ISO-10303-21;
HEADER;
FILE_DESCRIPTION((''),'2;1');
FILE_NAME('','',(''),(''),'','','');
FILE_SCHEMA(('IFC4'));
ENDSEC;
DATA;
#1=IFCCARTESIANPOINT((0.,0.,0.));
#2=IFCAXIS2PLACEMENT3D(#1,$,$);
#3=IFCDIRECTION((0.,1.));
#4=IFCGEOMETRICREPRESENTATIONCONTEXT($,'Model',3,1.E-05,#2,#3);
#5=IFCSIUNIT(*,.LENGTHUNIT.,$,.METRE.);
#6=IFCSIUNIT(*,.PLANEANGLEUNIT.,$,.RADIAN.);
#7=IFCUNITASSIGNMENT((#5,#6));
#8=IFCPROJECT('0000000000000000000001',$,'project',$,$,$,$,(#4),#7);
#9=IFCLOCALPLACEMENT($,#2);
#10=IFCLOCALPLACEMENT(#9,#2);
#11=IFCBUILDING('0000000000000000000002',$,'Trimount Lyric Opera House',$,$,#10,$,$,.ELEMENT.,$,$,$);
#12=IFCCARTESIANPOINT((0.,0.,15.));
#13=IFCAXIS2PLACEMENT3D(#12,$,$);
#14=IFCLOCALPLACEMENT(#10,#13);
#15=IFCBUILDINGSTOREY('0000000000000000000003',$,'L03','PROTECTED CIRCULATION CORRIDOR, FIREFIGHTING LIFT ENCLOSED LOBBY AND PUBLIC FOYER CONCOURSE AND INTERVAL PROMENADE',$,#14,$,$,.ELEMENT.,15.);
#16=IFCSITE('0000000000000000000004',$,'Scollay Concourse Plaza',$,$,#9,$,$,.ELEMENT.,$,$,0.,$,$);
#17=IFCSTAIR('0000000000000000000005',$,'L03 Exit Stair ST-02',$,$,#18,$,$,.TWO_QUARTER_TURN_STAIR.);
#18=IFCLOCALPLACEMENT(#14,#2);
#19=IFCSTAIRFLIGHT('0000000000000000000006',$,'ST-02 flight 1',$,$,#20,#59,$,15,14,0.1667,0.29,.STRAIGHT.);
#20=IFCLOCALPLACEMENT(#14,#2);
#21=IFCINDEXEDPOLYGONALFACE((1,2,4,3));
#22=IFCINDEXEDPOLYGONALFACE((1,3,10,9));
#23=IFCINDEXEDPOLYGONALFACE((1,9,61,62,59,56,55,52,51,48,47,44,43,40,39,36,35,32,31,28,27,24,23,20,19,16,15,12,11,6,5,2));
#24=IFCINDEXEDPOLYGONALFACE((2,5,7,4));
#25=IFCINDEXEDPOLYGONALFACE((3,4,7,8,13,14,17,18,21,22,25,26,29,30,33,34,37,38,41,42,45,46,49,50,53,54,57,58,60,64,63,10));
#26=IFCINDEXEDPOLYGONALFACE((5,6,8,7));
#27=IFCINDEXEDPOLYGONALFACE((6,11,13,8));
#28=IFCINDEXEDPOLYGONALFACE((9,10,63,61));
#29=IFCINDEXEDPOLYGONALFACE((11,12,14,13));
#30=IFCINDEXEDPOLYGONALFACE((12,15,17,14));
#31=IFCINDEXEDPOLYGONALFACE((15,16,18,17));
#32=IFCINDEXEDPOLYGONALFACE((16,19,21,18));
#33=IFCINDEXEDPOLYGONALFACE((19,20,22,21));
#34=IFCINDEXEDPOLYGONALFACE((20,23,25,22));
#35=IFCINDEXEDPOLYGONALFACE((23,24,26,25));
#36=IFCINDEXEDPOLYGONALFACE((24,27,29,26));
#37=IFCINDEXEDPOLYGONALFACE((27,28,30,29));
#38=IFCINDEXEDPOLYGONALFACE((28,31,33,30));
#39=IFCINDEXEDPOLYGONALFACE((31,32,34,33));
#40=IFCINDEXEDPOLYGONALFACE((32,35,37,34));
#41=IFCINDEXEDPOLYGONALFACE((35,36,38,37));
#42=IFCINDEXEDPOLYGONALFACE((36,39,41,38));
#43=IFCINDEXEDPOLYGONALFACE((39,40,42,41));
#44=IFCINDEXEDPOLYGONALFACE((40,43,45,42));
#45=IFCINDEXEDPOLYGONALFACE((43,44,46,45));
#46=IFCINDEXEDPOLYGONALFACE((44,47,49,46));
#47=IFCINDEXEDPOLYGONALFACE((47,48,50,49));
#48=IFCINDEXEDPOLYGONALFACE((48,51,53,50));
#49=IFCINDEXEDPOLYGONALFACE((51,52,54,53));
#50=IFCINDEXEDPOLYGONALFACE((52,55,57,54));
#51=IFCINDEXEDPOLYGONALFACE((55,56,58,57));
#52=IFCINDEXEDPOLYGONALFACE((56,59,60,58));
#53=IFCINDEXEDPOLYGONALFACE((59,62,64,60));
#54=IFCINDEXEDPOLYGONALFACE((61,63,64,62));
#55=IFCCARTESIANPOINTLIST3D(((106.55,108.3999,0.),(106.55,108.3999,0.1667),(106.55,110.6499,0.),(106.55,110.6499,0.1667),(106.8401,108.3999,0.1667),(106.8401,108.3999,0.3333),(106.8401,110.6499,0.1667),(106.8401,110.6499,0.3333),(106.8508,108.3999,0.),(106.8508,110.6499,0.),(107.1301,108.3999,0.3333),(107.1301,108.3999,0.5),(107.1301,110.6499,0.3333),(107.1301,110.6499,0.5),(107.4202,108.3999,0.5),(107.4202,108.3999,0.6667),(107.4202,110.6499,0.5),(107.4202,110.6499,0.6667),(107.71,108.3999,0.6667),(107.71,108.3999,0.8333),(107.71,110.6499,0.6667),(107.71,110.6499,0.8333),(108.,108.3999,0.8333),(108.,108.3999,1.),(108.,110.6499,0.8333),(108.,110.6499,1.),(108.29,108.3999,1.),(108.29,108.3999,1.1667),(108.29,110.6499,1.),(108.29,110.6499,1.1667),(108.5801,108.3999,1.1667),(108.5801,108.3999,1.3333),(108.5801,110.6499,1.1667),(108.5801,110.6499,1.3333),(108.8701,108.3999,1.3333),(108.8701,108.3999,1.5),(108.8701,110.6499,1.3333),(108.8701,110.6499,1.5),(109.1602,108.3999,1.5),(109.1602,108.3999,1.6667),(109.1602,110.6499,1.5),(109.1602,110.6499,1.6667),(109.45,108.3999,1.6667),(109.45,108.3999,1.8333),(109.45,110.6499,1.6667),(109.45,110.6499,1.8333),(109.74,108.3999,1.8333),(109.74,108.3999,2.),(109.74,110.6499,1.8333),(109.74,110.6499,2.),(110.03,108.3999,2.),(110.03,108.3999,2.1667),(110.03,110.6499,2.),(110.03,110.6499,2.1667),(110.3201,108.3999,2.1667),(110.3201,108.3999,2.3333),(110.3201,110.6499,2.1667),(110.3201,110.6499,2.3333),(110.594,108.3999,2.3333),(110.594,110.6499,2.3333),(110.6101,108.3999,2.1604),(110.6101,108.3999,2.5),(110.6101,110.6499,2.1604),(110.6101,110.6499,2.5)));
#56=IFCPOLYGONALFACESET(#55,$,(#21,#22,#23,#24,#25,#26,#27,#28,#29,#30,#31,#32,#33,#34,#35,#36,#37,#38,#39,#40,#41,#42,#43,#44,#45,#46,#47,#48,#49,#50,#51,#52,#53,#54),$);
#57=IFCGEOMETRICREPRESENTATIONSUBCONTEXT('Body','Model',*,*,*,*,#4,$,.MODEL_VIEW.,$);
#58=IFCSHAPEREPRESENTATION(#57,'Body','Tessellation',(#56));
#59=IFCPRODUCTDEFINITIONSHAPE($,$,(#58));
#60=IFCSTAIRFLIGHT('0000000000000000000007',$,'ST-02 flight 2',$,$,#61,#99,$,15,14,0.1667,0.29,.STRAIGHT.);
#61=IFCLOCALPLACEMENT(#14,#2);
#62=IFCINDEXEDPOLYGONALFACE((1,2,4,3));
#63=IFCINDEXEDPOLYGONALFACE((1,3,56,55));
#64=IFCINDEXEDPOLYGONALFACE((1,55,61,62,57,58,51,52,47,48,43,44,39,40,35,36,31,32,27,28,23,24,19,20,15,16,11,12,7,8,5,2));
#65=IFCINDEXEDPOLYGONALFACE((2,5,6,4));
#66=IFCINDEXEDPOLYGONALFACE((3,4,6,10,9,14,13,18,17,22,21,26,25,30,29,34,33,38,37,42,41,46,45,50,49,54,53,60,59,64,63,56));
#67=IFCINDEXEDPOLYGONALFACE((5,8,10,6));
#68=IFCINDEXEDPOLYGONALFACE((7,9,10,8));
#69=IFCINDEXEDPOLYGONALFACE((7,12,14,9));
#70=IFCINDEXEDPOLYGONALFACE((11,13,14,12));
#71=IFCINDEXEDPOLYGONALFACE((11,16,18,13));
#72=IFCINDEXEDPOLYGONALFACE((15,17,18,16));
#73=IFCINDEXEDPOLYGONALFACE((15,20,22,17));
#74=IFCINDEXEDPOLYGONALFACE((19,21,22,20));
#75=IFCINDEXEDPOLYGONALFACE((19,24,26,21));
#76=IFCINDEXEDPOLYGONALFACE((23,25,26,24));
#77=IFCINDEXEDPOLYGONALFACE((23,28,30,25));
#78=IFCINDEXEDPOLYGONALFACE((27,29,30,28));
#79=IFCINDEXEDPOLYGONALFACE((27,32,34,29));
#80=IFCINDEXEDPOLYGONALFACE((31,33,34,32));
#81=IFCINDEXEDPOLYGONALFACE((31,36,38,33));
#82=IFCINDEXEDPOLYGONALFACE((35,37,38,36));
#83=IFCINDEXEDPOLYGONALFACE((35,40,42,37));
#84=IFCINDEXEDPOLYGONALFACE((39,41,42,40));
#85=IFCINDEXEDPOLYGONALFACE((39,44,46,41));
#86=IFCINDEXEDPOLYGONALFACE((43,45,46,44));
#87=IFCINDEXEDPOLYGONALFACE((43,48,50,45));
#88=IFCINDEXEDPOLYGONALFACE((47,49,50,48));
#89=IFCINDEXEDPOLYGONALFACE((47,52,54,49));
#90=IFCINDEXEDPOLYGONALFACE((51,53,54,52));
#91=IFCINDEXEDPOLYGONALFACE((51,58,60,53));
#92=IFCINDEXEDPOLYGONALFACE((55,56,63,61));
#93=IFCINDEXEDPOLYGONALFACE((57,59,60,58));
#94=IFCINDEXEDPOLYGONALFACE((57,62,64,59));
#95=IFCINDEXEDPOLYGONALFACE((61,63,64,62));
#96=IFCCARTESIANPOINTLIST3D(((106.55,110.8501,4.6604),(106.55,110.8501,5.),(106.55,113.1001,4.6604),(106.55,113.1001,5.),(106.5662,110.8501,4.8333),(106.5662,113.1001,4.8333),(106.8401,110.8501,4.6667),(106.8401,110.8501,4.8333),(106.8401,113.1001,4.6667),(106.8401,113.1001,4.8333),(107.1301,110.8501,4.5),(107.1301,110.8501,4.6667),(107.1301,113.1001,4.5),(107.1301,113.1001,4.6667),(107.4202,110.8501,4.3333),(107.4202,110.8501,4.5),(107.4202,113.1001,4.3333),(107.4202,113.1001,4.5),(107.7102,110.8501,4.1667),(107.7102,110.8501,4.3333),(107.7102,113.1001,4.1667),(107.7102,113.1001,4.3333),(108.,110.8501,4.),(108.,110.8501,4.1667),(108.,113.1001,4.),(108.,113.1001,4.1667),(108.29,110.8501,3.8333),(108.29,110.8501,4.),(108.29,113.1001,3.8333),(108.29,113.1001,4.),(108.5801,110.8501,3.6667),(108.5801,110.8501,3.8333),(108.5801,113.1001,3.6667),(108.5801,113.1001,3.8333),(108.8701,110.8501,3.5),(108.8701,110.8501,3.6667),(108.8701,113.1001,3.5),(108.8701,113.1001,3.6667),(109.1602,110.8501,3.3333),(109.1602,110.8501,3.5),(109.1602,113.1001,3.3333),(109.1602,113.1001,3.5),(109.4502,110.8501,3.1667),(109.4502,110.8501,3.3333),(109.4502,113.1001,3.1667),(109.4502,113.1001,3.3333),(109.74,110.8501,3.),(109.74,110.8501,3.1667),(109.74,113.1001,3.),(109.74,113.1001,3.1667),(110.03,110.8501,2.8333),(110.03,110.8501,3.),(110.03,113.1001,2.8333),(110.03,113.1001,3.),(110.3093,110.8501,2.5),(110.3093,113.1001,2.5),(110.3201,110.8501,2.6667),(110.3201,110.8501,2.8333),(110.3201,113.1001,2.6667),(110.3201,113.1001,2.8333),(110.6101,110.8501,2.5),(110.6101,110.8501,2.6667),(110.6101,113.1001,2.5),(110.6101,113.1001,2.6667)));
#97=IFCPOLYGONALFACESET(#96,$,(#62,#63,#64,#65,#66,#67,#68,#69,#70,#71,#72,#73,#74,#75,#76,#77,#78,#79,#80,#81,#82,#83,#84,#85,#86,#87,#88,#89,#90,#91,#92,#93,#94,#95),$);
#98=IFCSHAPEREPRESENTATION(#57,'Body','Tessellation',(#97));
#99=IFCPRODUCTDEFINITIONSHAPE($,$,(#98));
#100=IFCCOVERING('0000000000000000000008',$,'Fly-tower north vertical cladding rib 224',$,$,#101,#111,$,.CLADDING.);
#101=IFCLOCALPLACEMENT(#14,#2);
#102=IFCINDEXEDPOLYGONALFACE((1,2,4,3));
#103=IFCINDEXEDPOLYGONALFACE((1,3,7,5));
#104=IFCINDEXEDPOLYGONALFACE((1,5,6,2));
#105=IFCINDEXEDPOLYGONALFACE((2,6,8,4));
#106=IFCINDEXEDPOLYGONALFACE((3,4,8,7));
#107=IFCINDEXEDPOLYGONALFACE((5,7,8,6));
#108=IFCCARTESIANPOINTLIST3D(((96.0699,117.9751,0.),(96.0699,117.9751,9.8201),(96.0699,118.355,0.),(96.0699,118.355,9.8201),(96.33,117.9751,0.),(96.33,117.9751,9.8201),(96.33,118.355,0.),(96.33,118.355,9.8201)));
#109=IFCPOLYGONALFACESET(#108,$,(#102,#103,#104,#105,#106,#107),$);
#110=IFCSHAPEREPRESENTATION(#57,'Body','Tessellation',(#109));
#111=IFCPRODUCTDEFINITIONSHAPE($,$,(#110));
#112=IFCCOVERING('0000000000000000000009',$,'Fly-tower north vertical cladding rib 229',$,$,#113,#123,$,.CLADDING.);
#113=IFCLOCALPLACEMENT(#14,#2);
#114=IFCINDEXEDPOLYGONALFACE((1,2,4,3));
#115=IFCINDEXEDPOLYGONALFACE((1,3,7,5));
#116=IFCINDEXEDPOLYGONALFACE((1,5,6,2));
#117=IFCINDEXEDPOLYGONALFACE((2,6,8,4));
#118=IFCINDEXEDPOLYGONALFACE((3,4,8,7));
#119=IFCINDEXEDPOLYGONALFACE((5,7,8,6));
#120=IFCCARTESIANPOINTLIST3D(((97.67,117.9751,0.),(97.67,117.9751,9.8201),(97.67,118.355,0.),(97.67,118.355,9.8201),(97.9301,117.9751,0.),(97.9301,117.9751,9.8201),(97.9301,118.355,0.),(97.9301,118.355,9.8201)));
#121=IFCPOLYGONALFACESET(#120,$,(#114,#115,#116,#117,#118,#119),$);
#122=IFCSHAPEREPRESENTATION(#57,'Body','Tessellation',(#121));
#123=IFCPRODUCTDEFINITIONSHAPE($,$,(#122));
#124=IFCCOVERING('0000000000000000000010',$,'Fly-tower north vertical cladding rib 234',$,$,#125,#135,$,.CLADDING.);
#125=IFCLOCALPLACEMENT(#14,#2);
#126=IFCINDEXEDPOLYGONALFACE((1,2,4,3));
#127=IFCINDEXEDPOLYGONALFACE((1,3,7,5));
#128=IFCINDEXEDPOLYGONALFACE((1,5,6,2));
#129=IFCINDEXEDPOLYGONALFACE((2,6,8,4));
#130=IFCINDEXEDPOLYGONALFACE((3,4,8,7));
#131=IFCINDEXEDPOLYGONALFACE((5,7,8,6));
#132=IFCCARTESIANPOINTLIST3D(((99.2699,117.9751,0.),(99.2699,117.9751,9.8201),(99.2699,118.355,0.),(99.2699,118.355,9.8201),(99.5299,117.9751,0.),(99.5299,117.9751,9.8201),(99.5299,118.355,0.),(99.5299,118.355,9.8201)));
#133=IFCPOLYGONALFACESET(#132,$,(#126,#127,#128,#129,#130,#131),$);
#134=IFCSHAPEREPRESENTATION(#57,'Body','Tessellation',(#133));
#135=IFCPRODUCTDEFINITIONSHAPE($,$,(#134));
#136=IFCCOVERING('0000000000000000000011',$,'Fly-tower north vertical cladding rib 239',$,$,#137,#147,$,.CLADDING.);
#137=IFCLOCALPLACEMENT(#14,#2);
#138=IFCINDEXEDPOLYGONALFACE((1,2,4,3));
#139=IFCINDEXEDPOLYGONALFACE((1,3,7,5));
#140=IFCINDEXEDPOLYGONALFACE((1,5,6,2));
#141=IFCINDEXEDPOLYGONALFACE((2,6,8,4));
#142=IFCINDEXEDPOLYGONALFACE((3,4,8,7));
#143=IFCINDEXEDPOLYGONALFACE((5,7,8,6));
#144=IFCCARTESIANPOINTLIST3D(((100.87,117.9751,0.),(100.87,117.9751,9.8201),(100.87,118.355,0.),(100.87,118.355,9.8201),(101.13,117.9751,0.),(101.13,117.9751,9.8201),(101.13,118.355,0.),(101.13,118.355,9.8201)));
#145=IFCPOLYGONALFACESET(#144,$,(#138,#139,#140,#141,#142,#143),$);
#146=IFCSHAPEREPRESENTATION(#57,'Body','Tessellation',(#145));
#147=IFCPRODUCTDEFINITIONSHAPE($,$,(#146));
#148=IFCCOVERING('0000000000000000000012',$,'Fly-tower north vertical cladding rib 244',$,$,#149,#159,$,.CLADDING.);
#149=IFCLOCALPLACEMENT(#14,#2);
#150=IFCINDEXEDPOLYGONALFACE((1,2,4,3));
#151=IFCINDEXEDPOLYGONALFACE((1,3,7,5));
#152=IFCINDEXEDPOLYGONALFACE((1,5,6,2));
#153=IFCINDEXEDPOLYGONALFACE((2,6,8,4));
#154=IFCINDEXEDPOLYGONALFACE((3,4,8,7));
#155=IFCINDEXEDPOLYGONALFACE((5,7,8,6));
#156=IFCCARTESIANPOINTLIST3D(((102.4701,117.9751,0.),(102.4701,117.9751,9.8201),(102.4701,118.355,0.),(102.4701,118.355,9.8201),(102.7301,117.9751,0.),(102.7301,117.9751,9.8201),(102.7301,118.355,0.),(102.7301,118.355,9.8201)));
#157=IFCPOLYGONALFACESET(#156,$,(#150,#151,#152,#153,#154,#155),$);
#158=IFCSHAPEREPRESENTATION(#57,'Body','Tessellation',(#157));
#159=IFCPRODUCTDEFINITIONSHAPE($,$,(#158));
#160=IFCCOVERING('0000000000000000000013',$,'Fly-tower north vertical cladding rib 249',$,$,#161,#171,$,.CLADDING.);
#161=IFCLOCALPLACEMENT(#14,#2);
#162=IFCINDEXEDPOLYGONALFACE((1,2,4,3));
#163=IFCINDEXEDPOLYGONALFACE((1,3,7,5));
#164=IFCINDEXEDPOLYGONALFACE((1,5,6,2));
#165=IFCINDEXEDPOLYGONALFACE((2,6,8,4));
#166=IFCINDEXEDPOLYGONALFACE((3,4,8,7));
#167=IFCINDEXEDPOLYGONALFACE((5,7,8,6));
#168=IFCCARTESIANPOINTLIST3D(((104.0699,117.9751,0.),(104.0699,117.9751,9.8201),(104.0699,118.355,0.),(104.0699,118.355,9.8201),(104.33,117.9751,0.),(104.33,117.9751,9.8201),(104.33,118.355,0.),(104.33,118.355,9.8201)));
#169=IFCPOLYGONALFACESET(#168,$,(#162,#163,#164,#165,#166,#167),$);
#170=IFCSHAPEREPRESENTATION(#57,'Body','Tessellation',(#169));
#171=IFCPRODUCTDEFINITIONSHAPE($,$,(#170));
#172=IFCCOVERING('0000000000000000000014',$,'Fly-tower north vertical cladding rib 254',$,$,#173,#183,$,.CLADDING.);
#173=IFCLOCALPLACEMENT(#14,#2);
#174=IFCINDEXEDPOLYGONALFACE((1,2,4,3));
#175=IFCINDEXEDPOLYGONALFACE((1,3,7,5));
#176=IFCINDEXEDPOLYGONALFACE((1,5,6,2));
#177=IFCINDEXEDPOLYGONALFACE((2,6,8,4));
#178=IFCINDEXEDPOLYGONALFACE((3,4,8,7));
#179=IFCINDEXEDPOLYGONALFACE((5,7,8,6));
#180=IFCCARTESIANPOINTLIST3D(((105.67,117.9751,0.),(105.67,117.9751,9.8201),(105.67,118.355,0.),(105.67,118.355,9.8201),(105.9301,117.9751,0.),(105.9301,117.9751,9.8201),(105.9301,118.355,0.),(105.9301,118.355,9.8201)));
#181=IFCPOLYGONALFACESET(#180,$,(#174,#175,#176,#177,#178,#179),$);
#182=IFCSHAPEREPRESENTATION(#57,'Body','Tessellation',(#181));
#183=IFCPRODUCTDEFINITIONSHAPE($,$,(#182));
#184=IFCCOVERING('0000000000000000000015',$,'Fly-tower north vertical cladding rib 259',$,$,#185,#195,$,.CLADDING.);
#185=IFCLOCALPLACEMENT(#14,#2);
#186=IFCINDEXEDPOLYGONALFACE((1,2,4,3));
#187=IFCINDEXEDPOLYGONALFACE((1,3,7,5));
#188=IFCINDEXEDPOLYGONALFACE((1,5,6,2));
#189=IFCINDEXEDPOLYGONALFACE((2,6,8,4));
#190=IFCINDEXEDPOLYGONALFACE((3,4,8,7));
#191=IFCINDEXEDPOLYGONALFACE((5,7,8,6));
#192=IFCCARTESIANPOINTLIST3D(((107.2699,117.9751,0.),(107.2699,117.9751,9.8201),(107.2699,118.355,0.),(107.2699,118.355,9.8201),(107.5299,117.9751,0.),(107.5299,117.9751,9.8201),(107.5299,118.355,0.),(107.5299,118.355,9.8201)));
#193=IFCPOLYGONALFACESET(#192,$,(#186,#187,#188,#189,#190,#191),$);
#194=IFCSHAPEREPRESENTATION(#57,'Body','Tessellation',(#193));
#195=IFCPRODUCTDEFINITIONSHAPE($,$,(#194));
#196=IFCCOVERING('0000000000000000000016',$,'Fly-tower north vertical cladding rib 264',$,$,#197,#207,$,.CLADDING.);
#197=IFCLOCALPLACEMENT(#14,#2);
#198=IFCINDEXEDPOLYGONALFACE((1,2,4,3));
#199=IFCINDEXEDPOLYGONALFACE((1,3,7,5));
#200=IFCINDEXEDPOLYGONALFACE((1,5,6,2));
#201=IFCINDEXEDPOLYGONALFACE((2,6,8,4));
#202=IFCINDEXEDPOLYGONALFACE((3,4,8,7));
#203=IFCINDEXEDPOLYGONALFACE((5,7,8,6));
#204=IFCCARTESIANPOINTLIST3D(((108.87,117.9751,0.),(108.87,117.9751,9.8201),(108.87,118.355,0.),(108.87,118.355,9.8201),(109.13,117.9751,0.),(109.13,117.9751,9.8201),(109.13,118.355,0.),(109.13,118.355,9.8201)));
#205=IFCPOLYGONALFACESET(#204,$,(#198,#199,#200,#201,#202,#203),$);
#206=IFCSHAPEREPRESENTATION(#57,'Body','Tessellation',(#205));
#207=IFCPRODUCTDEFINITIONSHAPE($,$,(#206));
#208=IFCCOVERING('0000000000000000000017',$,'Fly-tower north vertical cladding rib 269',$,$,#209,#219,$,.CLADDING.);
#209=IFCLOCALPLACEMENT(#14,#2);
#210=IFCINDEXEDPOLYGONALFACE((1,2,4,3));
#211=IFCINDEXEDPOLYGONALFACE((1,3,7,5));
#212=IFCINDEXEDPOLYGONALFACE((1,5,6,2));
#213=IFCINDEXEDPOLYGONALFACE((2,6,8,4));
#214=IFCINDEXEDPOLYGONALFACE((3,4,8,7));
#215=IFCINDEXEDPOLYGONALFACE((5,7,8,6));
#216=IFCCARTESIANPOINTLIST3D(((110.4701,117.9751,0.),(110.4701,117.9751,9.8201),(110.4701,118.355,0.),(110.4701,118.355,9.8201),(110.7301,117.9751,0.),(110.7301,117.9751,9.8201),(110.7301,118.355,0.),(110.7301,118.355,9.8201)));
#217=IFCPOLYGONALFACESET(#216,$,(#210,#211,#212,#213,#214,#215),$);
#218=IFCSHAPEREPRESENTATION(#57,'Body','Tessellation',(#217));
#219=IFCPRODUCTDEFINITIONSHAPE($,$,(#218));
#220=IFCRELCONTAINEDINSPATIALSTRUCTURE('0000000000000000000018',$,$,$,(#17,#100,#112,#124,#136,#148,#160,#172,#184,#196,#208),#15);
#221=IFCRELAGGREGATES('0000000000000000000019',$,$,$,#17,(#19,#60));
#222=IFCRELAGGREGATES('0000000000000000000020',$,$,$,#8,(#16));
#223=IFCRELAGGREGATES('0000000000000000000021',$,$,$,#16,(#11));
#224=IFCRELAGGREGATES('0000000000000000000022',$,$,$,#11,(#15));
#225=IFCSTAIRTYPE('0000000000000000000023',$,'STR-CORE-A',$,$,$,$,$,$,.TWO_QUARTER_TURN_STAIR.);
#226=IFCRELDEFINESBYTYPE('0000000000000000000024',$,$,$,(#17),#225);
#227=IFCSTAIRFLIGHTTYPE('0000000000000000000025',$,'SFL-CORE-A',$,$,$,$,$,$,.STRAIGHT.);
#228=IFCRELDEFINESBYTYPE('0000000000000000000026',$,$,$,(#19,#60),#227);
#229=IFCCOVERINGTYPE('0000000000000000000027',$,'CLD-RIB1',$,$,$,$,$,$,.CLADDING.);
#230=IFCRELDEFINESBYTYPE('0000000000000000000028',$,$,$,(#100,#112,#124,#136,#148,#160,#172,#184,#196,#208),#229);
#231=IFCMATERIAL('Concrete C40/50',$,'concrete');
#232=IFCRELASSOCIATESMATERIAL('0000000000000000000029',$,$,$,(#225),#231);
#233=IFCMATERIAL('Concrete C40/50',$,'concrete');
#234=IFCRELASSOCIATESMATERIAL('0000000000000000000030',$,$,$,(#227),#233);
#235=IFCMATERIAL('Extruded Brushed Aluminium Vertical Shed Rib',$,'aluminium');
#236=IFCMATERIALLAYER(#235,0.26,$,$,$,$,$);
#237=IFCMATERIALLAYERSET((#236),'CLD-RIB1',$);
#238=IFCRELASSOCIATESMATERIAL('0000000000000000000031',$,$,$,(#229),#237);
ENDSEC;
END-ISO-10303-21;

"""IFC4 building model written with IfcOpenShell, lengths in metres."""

from ifc_helpers import new_model, si_unit, direction, frame, origin, origin_2d, place, context, subcontext, project, spatial, polyline, rectangle, outline, extrude, material, layer, layer_set, type_object, element, aggregate, save


model = new_model("IFC4")

# Units and contexts
model_context = context("Model", 3, precision=1e-05, world=origin(), true_north=direction((0.0, 1.0)))
body_context = subcontext(model_context, "Body", "Model", "MODEL_VIEW")
ifc_project = project(units=[si_unit("LENGTHUNIT", "METRE"), si_unit("PLANEANGLEUNIT", "RADIAN")], contexts=[model_context])

# Site, building, storey
site_placement = place(None, origin())
site = spatial("IfcSite", under=ifc_project, at=site_placement, Name="Scollay Concourse Plaza", CompositionType="ELEMENT", RefElevation=0.0)
building_placement = place(site_placement, origin())
building = spatial("IfcBuilding", under=site, at=building_placement, Name="Trimount Lyric Opera House", CompositionType="ELEMENT")
storey_placement = place(building_placement, frame((0.0, 0.0, 15.0)))
storey = spatial("IfcBuildingStorey", under=building, at=storey_placement, Name="L03", Description="PROTECTED CIRCULATION CORRIDOR, FIREFIGHTING LIFT ENCLOSED LOBBY AND PUBLIC FOYER CONCOURSE AND INTERVAL PROMENADE", CompositionType="ELEMENT", Elevation=15.0)

# Stair, stair flights
ifc_material_1 = material(Name="Concrete C40/50", Category="concrete")
stair_type = type_object("IfcStairType", Name="STR-CORE-A", PredefinedType="TWO_QUARTER_TURN_STAIR", material=ifc_material_1)
stair_placement = place(storey_placement, origin())
stair = element("IfcStair", 1, at=stair_placement, inside=storey, type_object=stair_type, Name="L03 Exit Stair ST-02", PredefinedType="TWO_QUARTER_TURN_STAIR")
ifc_material_2 = material(Name="Concrete C40/50", Category="concrete")
stair_flight_type = type_object("IfcStairFlightType", Name="SFL-CORE-A", PredefinedType="STRAIGHT", material=ifc_material_2)
stair_flight_1_placement = place(storey_placement, frame((106.55, 109.5249, 0.0), z_axis=(0.0, 0.0, 1.0), x_axis=(1.0, 0.0, 0.0)))
stair_flight_1 = element("IfcStairFlight", 2, at=stair_flight_1_placement, type_object=stair_flight_type, Name="ST-02 flight 1", NumberOfRisers=15, NumberOfTreads=14, PredefinedType="STRAIGHT", RiserHeight=0.1667, TreadLength=0.29, context=body_context, shape_type="SweptSolid", body=[
    extrude(outline(polyline([(0.0, 0.0), (0.0, 0.1667), (0.29, 0.1667), (0.29, 0.3333), (0.5801, 0.3333), (0.5801, 0.5), (0.8701, 0.5), (0.8701, 0.6667), (1.1599, 0.6667), (1.1599, 0.8333), (1.45, 0.8333), (1.45, 1.0), (1.74, 1.0), (1.74, 1.1667), (2.03, 1.1667), (2.03, 1.3333), (2.3201, 1.3333), (2.3201, 1.5), (2.6101, 1.5), (2.6101, 1.6667), (2.8999, 1.6667), (2.8999, 1.8333), (3.1899, 1.8333), (3.1899, 2.0), (3.48, 2.0), (3.48, 2.1667), (3.77, 2.1667), (3.77, 2.3333), (4.0439, 2.3333), (4.0601, 2.5), (4.0601, 2.1604), (0.3008, 0.0), (0.0, 0.0)])), frame((0.0, 1.125, 0.0), z_axis=(0.0, -1.0, 0.0), x_axis=(1.0, 0.0, 0.0)), (0.0, 0.0, 1.0), 2.25),
])
stair_flight_2_placement = place(storey_placement, frame((110.6101, 111.9751, 2.5), z_axis=(0.0, 0.0, 1.0), x_axis=(-1.0, 0.0, 0.0)))
stair_flight_2 = element("IfcStairFlight", 3, at=stair_flight_2_placement, type_object=stair_flight_type, Name="ST-02 flight 2", NumberOfRisers=15, NumberOfTreads=14, PredefinedType="STRAIGHT", RiserHeight=0.1667, TreadLength=0.29, context=body_context, shape_type="SweptSolid", body=[
    extrude(outline(polyline([(0.0, 0.0), (0.0, 0.1667), (0.29, 0.1667), (0.29, 0.3333), (0.5801, 0.3333), (0.5801, 0.5), (0.8701, 0.5), (0.8701, 0.6667), (1.1599, 0.6667), (1.1599, 0.8333), (1.45, 0.8333), (1.45, 1.0), (1.74, 1.0), (1.74, 1.1667), (2.03, 1.1667), (2.03, 1.3333), (2.3201, 1.3333), (2.3201, 1.5), (2.6101, 1.5), (2.6101, 1.6667), (2.8999, 1.6667), (2.8999, 1.8333), (3.1899, 1.8333), (3.1899, 2.0), (3.48, 2.0), (3.48, 2.1667), (3.77, 2.1667), (3.77, 2.3333), (4.0439, 2.3333), (4.0601, 2.5), (4.0601, 2.1604), (0.3008, 0.0), (0.0, 0.0)])), frame((0.0, 1.125, 0.0), z_axis=(0.0, -1.0, 0.0), x_axis=(1.0, 0.0, 0.0)), (0.0, 0.0, 1.0), 2.25),
])
aggregate(stair, [stair_flight_1, stair_flight_2])

# Coverings
ifc_material_3 = material(Name="Extruded Brushed Aluminium Vertical Shed Rib", Category="aluminium")
ifc_layer_1 = layer(ifc_material_3, 0.26)
ifc_layer_set_1 = layer_set([ifc_layer_1], Name="CLD-RIB1")
covering_type = type_object("IfcCoveringType", Name="CLD-RIB1", PredefinedType="CLADDING", material=ifc_layer_set_1)
for number, where, z_axis, x_axis, name in (
    (4, (96.2, 118.165, 0.0), (0.0, 0.0, 1.0), (1.0, 0.0, 0.0), "Fly-tower north vertical cladding rib 224"),
    (5, (97.8, 118.165, 0.0), (0.0, 0.0, 1.0), (1.0, 0.0, 0.0), "Fly-tower north vertical cladding rib 229"),
    (6, (99.3999, 118.165, 0.0), (0.0, 0.0, 1.0), (1.0, 0.0, 0.0), "Fly-tower north vertical cladding rib 234"),
    (7, (101.0, 118.165, 0.0), (0.0, 0.0, 1.0), (1.0, 0.0, 0.0), "Fly-tower north vertical cladding rib 239"),
    (8, (102.6001, 118.165, 0.0), (0.0, 0.0, 1.0), (1.0, 0.0, 0.0), "Fly-tower north vertical cladding rib 244"),
    (9, (104.2, 118.165, 0.0), (0.0, 0.0, 1.0), (1.0, 0.0, 0.0), "Fly-tower north vertical cladding rib 249"),
    (10, (105.8, 118.165, 0.0), (0.0, 0.0, 1.0), (1.0, 0.0, 0.0), "Fly-tower north vertical cladding rib 254"),
    (11, (107.3999, 118.165, 0.0), (0.0, 0.0, 1.0), (1.0, 0.0, 0.0), "Fly-tower north vertical cladding rib 259"),
    (12, (109.0, 118.165, 0.0), (0.0, 0.0, 1.0), (1.0, 0.0, 0.0), "Fly-tower north vertical cladding rib 264"),
    (13, (110.6001, 118.165, 0.0), (0.0, 0.0, 1.0), (1.0, 0.0, 0.0), "Fly-tower north vertical cladding rib 269"),
):
    element("IfcCovering", number, at=place(storey_placement, frame(where, z_axis=z_axis, x_axis=x_axis)), inside=storey, type_object=covering_type, Name=name, PredefinedType="CLADDING", context=body_context, shape_type="SweptSolid", body=[
        extrude(rectangle(XDim=0.26, YDim=0.3799, at=origin_2d()), origin(), (0.0, 0.0, 1.0), 9.8201),
    ])

save(model, "model.ifc")
